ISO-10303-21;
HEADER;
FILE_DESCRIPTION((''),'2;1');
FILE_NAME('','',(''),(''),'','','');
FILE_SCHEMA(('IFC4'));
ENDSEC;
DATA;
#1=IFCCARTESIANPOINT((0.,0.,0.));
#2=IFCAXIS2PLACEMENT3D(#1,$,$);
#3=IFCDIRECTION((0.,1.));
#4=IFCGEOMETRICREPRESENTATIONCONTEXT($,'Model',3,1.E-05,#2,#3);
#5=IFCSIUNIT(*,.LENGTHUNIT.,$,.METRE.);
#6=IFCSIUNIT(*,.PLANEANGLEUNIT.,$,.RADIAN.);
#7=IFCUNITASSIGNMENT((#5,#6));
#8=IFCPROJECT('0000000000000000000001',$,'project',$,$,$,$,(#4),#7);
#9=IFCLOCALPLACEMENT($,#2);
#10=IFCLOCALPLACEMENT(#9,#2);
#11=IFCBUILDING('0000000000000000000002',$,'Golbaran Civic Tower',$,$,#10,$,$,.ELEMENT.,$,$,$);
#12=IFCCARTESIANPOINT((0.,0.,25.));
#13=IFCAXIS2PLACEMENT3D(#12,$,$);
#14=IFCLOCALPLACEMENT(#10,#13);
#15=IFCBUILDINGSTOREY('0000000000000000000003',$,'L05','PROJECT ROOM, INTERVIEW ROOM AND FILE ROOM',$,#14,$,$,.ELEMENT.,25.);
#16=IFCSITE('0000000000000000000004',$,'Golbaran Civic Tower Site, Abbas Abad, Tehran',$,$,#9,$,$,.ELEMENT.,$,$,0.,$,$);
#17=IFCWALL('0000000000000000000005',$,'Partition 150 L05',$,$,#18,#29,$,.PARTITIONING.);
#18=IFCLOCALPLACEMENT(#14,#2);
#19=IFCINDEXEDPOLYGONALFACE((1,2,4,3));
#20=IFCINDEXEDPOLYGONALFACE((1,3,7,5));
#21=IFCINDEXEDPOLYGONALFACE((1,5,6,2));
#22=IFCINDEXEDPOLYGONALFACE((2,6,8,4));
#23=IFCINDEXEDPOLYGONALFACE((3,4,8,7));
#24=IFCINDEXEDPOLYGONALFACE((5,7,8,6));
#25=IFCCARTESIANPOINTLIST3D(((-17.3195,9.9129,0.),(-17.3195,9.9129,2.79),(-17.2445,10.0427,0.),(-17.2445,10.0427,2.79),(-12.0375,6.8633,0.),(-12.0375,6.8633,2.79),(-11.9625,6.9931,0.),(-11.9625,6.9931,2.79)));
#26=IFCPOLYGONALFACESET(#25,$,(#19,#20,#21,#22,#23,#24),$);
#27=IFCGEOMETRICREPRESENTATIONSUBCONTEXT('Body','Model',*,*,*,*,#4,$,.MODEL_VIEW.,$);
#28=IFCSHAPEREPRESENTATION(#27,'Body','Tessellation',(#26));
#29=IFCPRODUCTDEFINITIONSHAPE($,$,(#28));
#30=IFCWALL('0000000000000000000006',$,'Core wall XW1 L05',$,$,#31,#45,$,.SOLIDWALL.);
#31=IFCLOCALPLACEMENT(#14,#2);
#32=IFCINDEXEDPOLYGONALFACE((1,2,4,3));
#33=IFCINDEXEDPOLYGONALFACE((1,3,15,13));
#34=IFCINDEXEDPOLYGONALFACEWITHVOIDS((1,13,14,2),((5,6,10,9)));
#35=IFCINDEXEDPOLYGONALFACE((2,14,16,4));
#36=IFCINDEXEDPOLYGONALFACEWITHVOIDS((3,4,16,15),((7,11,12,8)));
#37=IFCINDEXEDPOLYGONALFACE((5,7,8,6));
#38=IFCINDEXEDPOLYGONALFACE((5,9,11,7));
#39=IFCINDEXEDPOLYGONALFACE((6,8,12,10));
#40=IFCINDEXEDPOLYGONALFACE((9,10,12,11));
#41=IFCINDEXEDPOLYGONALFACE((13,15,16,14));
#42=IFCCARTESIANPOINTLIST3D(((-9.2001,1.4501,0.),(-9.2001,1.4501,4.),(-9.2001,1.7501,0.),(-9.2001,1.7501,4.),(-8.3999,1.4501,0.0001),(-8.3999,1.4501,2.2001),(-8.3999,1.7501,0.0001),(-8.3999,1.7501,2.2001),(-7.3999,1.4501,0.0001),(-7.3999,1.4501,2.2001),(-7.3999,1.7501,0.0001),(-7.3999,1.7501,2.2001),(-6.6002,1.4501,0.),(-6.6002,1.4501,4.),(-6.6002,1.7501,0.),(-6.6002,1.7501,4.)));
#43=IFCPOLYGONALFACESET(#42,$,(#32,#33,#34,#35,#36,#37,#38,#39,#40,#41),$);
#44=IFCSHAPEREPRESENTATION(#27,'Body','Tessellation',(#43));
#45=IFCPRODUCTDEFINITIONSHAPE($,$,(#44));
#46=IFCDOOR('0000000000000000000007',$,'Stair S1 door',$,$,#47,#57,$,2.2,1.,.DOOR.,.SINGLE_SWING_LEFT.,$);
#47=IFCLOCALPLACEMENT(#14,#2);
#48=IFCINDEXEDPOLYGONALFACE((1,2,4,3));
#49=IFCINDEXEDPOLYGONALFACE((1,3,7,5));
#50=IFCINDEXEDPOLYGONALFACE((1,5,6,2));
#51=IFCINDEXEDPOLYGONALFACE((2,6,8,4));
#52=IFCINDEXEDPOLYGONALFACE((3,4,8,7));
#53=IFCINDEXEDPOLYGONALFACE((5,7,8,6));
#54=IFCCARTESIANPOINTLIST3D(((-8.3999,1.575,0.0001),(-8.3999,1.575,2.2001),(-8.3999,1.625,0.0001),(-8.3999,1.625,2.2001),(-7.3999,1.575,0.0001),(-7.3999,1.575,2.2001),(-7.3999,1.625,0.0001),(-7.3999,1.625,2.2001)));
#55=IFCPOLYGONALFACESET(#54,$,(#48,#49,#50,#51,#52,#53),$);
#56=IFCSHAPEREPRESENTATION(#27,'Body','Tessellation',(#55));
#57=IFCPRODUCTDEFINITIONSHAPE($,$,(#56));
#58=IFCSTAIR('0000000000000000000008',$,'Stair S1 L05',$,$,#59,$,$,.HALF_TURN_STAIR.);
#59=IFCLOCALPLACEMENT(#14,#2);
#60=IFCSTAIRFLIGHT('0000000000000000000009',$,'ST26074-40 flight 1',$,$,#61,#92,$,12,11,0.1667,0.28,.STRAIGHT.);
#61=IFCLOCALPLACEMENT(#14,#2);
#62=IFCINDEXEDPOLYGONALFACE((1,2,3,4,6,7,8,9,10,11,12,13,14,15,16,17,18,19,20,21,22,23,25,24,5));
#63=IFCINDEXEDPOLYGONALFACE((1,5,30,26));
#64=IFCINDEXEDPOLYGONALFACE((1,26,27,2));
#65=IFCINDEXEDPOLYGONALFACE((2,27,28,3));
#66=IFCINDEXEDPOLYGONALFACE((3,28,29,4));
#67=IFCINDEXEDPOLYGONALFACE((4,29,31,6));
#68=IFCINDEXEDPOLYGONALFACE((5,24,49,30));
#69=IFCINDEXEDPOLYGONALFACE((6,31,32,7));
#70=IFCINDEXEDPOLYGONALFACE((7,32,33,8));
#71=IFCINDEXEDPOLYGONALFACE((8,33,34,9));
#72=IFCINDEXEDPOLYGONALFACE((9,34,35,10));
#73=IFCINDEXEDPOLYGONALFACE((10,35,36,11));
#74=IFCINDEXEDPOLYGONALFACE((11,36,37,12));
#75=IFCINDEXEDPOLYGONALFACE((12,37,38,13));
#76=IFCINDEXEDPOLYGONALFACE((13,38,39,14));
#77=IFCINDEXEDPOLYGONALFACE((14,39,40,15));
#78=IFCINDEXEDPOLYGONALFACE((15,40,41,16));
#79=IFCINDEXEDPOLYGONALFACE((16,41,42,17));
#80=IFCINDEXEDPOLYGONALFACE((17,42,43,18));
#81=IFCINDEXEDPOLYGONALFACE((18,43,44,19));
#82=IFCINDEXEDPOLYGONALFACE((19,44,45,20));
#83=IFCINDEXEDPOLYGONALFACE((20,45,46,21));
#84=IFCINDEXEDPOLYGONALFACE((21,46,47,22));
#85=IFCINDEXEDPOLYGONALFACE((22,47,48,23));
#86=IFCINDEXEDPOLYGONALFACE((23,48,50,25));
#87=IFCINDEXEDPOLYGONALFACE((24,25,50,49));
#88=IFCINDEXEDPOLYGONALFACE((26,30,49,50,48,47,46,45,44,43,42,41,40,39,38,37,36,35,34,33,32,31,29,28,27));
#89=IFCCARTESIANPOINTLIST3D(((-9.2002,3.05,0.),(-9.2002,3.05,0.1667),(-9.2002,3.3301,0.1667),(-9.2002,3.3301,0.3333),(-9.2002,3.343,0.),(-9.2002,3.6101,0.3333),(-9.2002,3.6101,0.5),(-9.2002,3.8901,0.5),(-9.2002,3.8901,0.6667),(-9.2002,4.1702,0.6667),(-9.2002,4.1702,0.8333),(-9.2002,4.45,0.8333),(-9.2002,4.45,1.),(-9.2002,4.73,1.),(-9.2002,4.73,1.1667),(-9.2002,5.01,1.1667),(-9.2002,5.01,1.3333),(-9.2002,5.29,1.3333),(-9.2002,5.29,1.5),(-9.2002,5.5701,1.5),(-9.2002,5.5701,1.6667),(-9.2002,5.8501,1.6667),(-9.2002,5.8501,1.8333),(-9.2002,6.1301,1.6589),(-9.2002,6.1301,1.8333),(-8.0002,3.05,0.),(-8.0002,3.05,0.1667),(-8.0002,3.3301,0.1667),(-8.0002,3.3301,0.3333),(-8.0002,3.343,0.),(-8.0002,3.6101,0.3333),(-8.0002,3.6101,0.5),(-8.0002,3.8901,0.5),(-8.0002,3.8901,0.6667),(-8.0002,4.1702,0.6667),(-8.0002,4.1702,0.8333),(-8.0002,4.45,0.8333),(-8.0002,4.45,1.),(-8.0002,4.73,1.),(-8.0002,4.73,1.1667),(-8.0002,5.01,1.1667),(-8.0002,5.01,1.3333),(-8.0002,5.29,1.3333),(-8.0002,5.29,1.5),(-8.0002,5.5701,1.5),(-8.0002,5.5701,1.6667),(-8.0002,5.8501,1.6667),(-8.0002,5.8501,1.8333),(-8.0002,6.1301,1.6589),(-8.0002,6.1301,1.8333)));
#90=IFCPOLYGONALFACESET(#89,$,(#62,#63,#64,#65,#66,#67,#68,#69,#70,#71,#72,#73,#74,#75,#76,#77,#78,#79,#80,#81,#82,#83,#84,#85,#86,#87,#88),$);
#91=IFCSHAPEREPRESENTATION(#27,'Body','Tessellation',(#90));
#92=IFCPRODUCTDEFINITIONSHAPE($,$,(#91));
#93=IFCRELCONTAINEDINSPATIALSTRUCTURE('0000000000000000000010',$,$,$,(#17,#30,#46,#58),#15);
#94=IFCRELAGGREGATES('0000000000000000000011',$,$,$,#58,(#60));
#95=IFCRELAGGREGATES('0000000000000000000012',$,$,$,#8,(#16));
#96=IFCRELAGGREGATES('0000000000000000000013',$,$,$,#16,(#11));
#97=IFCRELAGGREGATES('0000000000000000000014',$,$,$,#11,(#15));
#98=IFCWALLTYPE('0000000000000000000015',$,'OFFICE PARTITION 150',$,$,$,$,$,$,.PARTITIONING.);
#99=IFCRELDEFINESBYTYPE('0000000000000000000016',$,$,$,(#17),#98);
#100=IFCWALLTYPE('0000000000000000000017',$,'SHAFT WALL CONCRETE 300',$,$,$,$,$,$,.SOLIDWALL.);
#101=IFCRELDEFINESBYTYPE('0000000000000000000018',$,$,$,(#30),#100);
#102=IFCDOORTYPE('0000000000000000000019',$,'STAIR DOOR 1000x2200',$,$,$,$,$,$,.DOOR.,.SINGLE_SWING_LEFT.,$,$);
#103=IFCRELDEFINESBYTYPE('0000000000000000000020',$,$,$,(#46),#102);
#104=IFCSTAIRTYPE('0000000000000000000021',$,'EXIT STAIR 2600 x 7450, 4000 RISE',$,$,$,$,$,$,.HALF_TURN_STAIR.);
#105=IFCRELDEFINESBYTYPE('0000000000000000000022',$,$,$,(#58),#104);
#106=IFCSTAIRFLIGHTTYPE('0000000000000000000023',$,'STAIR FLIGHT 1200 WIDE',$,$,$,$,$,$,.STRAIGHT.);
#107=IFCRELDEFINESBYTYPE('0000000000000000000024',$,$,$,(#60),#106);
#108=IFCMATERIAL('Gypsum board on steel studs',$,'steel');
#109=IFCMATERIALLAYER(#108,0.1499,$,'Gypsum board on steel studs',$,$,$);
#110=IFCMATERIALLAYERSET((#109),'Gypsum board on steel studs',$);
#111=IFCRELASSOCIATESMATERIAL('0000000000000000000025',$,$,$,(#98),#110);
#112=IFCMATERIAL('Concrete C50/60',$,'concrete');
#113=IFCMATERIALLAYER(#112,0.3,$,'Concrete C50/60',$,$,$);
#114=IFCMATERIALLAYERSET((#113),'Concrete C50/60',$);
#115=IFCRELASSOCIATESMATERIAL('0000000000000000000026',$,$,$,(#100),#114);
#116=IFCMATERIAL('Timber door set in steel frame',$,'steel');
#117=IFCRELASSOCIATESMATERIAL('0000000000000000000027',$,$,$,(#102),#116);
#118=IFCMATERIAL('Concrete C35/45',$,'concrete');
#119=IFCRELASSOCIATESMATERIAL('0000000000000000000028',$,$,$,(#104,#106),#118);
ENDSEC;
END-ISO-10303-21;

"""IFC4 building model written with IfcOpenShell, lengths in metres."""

from ifc_helpers import new_model, si_unit, direction, frame, frame_2d, origin, place, context, subcontext, project, spatial, polyline, rectangle, outline, extrude, material, layer, layer_set, type_object, element, fill, aggregate, save


model = new_model("IFC4")

# Units and contexts
model_context = context("Model", 3, precision=1e-05, world=origin(), true_north=direction((0.0, 1.0)))
body_context = subcontext(model_context, "Body", "Model", "MODEL_VIEW")
ifc_project = project(units=[si_unit("LENGTHUNIT", "METRE"), si_unit("PLANEANGLEUNIT", "RADIAN")], contexts=[model_context])

# Site, building, storey
site_placement = place(None, origin())
site = spatial("IfcSite", under=ifc_project, at=site_placement, Name="Golbaran Civic Tower Site, Abbas Abad, Tehran", CompositionType="ELEMENT", RefElevation=0.0)
building_placement = place(site_placement, origin())
building = spatial("IfcBuilding", under=site, at=building_placement, Name="Golbaran Civic Tower", CompositionType="ELEMENT")
storey_placement = place(building_placement, frame((0.0, 0.0, 25.0)))
storey = spatial("IfcBuildingStorey", under=building, at=storey_placement, Name="L05", Description="PROJECT ROOM, INTERVIEW ROOM AND FILE ROOM", CompositionType="ELEMENT", Elevation=25.0)

# Shared definitions
ifc_material_1 = material(Name="Concrete C50/60", Category="concrete")
ifc_material_2 = material(Name="Timber door set in steel frame", Category="steel")

# Wall
ifc_material_3 = material(Name="Gypsum board on steel studs", Category="steel")
ifc_layer_1 = layer(ifc_material_3, 0.1499, Name="Gypsum board on steel studs")
ifc_layer_set_1 = layer_set([ifc_layer_1], Name="Gypsum board on steel studs")
wall_type_1 = type_object("IfcWallType", Name="OFFICE PARTITION 150", PredefinedType="PARTITIONING", material=ifc_layer_set_1)
wall_1_placement = place(storey_placement, frame((-12.0, 6.9282, 0.0), z_axis=(0.0, 0.0, 1.0), x_axis=(-0.866025, 0.500001, 0.0)))
element("IfcWall", 1, at=wall_1_placement, inside=storey, type_object=wall_type_1, Name="Partition 150 L05", PredefinedType="PARTITIONING", context=body_context, shape_type="SweptSolid", body=[
    extrude(rectangle(XDim=6.0991, YDim=0.1499, at=frame_2d((3.0496, 0.0))), origin(), (0.0, 0.0, 1.0), 2.79),
])

# Wall, opening, door
ifc_layer_2 = layer(ifc_material_1, 0.3, Name="Concrete C50/60")
ifc_layer_set_2 = layer_set([ifc_layer_2], Name="Concrete C50/60")
wall_type_2 = type_object("IfcWallType", Name="SHAFT WALL CONCRETE 300", PredefinedType="SOLIDWALL", material=ifc_layer_set_2)
wall_2_placement = place(storey_placement, frame((-9.2, 1.6001, 0.0), z_axis=(0.0, 0.0, 1.0), x_axis=(1.0, 0.0, 0.0)))
wall_2 = element("IfcWall", 2, at=wall_2_placement, inside=storey, type_object=wall_type_2, Name="Core wall XW1 L05", PredefinedType="SOLIDWALL", context=body_context, shape_type="SweptSolid", body=[
    extrude(rectangle(XDim=2.5999, YDim=0.3, at=frame_2d((1.2998, 0.0))), origin(), (0.0, 0.0, 1.0), 4.0),
])
opening_1_placement = place(wall_2_placement, frame((0.8, 0.0, 0.0)))
opening_1 = element("IfcOpeningElement", 3, at=opening_1_placement, cuts=wall_2, PredefinedType="OPENING", context=body_context, shape_type="SweptSolid", body=[
    extrude(rectangle(XDim=1.0, YDim=2.2, at=frame_2d((0.5, 1.1001))), frame((0.0, 0.1599, 0.0), z_axis=(0.0, -1.0, 0.0), x_axis=(1.0, 0.0, 0.0)), (0.0, 0.0, 1.0), 0.3201),
])
door_type_1 = type_object("IfcDoorType", Name="STAIR DOOR 1000x2200", OperationType="SINGLE_SWING_LEFT", PredefinedType="DOOR", material=ifc_material_2)
door_1_placement = place(opening_1_placement, origin())
door_1 = element("IfcDoor", 4, at=door_1_placement, inside=storey, type_object=door_type_1, Name="Stair S1 door", OperationType="SINGLE_SWING_LEFT", OverallHeight=2.2, OverallWidth=1.0, PredefinedType="DOOR", context=body_context, shape_type="SweptSolid", body=[
    extrude(rectangle(XDim=1.0, YDim=2.2, at=frame_2d((0.5, 1.1001))), frame((0.0, 0.0249, 0.0), z_axis=(0.0, -1.0, 0.0), x_axis=(1.0, 0.0, 0.0)), (0.0, 0.0, 1.0), 0.05),
])
fill(opening_1, door_1)

# Stair, stair flight
ifc_material_4 = material(Name="Concrete C35/45", Category="concrete")
stair_type = type_object("IfcStairType", Name="EXIT STAIR 2600 x 7450, 4000 RISE", PredefinedType="HALF_TURN_STAIR", material=ifc_material_4)
stair_placement = place(storey_placement, origin())
stair = element("IfcStair", 5, at=stair_placement, inside=storey, type_object=stair_type, Name="Stair S1 L05", PredefinedType="HALF_TURN_STAIR")
stair_flight_type = type_object("IfcStairFlightType", Name="STAIR FLIGHT 1200 WIDE", PredefinedType="STRAIGHT", material=ifc_material_4)
stair_flight_placement = place(storey_placement, frame((-8.6001, 3.05, 0.0), z_axis=(0.0, 0.0, 1.0), x_axis=(0.0, 1.0, 0.0)))
stair_flight = element("IfcStairFlight", 6, at=stair_flight_placement, type_object=stair_flight_type, Name="ST26074-40 flight 1", NumberOfRisers=12, NumberOfTreads=11, PredefinedType="STRAIGHT", RiserHeight=0.1667, TreadLength=0.28, context=body_context, shape_type="SweptSolid", body=[
    extrude(outline(polyline([(0.0, 0.0), (0.0, 0.1667), (0.28, 0.1667), (0.28, 0.3333), (0.5601, 0.3333), (0.5601, 0.5), (0.8401, 0.5), (0.8401, 0.6667), (1.1201, 0.6667), (1.1201, 0.8333), (1.3999, 0.8333), (1.3999, 1.0), (1.6799, 1.0), (1.6799, 1.1667), (1.96, 1.1667), (1.96, 1.3333), (2.24, 1.3333), (2.24, 1.5), (2.52, 1.5), (2.52, 1.6667), (2.8, 1.6667), (2.8, 1.8333), (3.0801, 1.8333), (3.0801, 2.0), (3.0801, 1.6589), (0.293, 0.0), (0.0, 0.0)])), frame((0.0, 0.6001, 0.0), z_axis=(0.0, -1.0, 0.0), x_axis=(1.0, 0.0, 0.0)), (0.0, 0.0, 1.0), 1.2),
])
aggregate(stair, [stair_flight])

save(model, "model.ifc")
